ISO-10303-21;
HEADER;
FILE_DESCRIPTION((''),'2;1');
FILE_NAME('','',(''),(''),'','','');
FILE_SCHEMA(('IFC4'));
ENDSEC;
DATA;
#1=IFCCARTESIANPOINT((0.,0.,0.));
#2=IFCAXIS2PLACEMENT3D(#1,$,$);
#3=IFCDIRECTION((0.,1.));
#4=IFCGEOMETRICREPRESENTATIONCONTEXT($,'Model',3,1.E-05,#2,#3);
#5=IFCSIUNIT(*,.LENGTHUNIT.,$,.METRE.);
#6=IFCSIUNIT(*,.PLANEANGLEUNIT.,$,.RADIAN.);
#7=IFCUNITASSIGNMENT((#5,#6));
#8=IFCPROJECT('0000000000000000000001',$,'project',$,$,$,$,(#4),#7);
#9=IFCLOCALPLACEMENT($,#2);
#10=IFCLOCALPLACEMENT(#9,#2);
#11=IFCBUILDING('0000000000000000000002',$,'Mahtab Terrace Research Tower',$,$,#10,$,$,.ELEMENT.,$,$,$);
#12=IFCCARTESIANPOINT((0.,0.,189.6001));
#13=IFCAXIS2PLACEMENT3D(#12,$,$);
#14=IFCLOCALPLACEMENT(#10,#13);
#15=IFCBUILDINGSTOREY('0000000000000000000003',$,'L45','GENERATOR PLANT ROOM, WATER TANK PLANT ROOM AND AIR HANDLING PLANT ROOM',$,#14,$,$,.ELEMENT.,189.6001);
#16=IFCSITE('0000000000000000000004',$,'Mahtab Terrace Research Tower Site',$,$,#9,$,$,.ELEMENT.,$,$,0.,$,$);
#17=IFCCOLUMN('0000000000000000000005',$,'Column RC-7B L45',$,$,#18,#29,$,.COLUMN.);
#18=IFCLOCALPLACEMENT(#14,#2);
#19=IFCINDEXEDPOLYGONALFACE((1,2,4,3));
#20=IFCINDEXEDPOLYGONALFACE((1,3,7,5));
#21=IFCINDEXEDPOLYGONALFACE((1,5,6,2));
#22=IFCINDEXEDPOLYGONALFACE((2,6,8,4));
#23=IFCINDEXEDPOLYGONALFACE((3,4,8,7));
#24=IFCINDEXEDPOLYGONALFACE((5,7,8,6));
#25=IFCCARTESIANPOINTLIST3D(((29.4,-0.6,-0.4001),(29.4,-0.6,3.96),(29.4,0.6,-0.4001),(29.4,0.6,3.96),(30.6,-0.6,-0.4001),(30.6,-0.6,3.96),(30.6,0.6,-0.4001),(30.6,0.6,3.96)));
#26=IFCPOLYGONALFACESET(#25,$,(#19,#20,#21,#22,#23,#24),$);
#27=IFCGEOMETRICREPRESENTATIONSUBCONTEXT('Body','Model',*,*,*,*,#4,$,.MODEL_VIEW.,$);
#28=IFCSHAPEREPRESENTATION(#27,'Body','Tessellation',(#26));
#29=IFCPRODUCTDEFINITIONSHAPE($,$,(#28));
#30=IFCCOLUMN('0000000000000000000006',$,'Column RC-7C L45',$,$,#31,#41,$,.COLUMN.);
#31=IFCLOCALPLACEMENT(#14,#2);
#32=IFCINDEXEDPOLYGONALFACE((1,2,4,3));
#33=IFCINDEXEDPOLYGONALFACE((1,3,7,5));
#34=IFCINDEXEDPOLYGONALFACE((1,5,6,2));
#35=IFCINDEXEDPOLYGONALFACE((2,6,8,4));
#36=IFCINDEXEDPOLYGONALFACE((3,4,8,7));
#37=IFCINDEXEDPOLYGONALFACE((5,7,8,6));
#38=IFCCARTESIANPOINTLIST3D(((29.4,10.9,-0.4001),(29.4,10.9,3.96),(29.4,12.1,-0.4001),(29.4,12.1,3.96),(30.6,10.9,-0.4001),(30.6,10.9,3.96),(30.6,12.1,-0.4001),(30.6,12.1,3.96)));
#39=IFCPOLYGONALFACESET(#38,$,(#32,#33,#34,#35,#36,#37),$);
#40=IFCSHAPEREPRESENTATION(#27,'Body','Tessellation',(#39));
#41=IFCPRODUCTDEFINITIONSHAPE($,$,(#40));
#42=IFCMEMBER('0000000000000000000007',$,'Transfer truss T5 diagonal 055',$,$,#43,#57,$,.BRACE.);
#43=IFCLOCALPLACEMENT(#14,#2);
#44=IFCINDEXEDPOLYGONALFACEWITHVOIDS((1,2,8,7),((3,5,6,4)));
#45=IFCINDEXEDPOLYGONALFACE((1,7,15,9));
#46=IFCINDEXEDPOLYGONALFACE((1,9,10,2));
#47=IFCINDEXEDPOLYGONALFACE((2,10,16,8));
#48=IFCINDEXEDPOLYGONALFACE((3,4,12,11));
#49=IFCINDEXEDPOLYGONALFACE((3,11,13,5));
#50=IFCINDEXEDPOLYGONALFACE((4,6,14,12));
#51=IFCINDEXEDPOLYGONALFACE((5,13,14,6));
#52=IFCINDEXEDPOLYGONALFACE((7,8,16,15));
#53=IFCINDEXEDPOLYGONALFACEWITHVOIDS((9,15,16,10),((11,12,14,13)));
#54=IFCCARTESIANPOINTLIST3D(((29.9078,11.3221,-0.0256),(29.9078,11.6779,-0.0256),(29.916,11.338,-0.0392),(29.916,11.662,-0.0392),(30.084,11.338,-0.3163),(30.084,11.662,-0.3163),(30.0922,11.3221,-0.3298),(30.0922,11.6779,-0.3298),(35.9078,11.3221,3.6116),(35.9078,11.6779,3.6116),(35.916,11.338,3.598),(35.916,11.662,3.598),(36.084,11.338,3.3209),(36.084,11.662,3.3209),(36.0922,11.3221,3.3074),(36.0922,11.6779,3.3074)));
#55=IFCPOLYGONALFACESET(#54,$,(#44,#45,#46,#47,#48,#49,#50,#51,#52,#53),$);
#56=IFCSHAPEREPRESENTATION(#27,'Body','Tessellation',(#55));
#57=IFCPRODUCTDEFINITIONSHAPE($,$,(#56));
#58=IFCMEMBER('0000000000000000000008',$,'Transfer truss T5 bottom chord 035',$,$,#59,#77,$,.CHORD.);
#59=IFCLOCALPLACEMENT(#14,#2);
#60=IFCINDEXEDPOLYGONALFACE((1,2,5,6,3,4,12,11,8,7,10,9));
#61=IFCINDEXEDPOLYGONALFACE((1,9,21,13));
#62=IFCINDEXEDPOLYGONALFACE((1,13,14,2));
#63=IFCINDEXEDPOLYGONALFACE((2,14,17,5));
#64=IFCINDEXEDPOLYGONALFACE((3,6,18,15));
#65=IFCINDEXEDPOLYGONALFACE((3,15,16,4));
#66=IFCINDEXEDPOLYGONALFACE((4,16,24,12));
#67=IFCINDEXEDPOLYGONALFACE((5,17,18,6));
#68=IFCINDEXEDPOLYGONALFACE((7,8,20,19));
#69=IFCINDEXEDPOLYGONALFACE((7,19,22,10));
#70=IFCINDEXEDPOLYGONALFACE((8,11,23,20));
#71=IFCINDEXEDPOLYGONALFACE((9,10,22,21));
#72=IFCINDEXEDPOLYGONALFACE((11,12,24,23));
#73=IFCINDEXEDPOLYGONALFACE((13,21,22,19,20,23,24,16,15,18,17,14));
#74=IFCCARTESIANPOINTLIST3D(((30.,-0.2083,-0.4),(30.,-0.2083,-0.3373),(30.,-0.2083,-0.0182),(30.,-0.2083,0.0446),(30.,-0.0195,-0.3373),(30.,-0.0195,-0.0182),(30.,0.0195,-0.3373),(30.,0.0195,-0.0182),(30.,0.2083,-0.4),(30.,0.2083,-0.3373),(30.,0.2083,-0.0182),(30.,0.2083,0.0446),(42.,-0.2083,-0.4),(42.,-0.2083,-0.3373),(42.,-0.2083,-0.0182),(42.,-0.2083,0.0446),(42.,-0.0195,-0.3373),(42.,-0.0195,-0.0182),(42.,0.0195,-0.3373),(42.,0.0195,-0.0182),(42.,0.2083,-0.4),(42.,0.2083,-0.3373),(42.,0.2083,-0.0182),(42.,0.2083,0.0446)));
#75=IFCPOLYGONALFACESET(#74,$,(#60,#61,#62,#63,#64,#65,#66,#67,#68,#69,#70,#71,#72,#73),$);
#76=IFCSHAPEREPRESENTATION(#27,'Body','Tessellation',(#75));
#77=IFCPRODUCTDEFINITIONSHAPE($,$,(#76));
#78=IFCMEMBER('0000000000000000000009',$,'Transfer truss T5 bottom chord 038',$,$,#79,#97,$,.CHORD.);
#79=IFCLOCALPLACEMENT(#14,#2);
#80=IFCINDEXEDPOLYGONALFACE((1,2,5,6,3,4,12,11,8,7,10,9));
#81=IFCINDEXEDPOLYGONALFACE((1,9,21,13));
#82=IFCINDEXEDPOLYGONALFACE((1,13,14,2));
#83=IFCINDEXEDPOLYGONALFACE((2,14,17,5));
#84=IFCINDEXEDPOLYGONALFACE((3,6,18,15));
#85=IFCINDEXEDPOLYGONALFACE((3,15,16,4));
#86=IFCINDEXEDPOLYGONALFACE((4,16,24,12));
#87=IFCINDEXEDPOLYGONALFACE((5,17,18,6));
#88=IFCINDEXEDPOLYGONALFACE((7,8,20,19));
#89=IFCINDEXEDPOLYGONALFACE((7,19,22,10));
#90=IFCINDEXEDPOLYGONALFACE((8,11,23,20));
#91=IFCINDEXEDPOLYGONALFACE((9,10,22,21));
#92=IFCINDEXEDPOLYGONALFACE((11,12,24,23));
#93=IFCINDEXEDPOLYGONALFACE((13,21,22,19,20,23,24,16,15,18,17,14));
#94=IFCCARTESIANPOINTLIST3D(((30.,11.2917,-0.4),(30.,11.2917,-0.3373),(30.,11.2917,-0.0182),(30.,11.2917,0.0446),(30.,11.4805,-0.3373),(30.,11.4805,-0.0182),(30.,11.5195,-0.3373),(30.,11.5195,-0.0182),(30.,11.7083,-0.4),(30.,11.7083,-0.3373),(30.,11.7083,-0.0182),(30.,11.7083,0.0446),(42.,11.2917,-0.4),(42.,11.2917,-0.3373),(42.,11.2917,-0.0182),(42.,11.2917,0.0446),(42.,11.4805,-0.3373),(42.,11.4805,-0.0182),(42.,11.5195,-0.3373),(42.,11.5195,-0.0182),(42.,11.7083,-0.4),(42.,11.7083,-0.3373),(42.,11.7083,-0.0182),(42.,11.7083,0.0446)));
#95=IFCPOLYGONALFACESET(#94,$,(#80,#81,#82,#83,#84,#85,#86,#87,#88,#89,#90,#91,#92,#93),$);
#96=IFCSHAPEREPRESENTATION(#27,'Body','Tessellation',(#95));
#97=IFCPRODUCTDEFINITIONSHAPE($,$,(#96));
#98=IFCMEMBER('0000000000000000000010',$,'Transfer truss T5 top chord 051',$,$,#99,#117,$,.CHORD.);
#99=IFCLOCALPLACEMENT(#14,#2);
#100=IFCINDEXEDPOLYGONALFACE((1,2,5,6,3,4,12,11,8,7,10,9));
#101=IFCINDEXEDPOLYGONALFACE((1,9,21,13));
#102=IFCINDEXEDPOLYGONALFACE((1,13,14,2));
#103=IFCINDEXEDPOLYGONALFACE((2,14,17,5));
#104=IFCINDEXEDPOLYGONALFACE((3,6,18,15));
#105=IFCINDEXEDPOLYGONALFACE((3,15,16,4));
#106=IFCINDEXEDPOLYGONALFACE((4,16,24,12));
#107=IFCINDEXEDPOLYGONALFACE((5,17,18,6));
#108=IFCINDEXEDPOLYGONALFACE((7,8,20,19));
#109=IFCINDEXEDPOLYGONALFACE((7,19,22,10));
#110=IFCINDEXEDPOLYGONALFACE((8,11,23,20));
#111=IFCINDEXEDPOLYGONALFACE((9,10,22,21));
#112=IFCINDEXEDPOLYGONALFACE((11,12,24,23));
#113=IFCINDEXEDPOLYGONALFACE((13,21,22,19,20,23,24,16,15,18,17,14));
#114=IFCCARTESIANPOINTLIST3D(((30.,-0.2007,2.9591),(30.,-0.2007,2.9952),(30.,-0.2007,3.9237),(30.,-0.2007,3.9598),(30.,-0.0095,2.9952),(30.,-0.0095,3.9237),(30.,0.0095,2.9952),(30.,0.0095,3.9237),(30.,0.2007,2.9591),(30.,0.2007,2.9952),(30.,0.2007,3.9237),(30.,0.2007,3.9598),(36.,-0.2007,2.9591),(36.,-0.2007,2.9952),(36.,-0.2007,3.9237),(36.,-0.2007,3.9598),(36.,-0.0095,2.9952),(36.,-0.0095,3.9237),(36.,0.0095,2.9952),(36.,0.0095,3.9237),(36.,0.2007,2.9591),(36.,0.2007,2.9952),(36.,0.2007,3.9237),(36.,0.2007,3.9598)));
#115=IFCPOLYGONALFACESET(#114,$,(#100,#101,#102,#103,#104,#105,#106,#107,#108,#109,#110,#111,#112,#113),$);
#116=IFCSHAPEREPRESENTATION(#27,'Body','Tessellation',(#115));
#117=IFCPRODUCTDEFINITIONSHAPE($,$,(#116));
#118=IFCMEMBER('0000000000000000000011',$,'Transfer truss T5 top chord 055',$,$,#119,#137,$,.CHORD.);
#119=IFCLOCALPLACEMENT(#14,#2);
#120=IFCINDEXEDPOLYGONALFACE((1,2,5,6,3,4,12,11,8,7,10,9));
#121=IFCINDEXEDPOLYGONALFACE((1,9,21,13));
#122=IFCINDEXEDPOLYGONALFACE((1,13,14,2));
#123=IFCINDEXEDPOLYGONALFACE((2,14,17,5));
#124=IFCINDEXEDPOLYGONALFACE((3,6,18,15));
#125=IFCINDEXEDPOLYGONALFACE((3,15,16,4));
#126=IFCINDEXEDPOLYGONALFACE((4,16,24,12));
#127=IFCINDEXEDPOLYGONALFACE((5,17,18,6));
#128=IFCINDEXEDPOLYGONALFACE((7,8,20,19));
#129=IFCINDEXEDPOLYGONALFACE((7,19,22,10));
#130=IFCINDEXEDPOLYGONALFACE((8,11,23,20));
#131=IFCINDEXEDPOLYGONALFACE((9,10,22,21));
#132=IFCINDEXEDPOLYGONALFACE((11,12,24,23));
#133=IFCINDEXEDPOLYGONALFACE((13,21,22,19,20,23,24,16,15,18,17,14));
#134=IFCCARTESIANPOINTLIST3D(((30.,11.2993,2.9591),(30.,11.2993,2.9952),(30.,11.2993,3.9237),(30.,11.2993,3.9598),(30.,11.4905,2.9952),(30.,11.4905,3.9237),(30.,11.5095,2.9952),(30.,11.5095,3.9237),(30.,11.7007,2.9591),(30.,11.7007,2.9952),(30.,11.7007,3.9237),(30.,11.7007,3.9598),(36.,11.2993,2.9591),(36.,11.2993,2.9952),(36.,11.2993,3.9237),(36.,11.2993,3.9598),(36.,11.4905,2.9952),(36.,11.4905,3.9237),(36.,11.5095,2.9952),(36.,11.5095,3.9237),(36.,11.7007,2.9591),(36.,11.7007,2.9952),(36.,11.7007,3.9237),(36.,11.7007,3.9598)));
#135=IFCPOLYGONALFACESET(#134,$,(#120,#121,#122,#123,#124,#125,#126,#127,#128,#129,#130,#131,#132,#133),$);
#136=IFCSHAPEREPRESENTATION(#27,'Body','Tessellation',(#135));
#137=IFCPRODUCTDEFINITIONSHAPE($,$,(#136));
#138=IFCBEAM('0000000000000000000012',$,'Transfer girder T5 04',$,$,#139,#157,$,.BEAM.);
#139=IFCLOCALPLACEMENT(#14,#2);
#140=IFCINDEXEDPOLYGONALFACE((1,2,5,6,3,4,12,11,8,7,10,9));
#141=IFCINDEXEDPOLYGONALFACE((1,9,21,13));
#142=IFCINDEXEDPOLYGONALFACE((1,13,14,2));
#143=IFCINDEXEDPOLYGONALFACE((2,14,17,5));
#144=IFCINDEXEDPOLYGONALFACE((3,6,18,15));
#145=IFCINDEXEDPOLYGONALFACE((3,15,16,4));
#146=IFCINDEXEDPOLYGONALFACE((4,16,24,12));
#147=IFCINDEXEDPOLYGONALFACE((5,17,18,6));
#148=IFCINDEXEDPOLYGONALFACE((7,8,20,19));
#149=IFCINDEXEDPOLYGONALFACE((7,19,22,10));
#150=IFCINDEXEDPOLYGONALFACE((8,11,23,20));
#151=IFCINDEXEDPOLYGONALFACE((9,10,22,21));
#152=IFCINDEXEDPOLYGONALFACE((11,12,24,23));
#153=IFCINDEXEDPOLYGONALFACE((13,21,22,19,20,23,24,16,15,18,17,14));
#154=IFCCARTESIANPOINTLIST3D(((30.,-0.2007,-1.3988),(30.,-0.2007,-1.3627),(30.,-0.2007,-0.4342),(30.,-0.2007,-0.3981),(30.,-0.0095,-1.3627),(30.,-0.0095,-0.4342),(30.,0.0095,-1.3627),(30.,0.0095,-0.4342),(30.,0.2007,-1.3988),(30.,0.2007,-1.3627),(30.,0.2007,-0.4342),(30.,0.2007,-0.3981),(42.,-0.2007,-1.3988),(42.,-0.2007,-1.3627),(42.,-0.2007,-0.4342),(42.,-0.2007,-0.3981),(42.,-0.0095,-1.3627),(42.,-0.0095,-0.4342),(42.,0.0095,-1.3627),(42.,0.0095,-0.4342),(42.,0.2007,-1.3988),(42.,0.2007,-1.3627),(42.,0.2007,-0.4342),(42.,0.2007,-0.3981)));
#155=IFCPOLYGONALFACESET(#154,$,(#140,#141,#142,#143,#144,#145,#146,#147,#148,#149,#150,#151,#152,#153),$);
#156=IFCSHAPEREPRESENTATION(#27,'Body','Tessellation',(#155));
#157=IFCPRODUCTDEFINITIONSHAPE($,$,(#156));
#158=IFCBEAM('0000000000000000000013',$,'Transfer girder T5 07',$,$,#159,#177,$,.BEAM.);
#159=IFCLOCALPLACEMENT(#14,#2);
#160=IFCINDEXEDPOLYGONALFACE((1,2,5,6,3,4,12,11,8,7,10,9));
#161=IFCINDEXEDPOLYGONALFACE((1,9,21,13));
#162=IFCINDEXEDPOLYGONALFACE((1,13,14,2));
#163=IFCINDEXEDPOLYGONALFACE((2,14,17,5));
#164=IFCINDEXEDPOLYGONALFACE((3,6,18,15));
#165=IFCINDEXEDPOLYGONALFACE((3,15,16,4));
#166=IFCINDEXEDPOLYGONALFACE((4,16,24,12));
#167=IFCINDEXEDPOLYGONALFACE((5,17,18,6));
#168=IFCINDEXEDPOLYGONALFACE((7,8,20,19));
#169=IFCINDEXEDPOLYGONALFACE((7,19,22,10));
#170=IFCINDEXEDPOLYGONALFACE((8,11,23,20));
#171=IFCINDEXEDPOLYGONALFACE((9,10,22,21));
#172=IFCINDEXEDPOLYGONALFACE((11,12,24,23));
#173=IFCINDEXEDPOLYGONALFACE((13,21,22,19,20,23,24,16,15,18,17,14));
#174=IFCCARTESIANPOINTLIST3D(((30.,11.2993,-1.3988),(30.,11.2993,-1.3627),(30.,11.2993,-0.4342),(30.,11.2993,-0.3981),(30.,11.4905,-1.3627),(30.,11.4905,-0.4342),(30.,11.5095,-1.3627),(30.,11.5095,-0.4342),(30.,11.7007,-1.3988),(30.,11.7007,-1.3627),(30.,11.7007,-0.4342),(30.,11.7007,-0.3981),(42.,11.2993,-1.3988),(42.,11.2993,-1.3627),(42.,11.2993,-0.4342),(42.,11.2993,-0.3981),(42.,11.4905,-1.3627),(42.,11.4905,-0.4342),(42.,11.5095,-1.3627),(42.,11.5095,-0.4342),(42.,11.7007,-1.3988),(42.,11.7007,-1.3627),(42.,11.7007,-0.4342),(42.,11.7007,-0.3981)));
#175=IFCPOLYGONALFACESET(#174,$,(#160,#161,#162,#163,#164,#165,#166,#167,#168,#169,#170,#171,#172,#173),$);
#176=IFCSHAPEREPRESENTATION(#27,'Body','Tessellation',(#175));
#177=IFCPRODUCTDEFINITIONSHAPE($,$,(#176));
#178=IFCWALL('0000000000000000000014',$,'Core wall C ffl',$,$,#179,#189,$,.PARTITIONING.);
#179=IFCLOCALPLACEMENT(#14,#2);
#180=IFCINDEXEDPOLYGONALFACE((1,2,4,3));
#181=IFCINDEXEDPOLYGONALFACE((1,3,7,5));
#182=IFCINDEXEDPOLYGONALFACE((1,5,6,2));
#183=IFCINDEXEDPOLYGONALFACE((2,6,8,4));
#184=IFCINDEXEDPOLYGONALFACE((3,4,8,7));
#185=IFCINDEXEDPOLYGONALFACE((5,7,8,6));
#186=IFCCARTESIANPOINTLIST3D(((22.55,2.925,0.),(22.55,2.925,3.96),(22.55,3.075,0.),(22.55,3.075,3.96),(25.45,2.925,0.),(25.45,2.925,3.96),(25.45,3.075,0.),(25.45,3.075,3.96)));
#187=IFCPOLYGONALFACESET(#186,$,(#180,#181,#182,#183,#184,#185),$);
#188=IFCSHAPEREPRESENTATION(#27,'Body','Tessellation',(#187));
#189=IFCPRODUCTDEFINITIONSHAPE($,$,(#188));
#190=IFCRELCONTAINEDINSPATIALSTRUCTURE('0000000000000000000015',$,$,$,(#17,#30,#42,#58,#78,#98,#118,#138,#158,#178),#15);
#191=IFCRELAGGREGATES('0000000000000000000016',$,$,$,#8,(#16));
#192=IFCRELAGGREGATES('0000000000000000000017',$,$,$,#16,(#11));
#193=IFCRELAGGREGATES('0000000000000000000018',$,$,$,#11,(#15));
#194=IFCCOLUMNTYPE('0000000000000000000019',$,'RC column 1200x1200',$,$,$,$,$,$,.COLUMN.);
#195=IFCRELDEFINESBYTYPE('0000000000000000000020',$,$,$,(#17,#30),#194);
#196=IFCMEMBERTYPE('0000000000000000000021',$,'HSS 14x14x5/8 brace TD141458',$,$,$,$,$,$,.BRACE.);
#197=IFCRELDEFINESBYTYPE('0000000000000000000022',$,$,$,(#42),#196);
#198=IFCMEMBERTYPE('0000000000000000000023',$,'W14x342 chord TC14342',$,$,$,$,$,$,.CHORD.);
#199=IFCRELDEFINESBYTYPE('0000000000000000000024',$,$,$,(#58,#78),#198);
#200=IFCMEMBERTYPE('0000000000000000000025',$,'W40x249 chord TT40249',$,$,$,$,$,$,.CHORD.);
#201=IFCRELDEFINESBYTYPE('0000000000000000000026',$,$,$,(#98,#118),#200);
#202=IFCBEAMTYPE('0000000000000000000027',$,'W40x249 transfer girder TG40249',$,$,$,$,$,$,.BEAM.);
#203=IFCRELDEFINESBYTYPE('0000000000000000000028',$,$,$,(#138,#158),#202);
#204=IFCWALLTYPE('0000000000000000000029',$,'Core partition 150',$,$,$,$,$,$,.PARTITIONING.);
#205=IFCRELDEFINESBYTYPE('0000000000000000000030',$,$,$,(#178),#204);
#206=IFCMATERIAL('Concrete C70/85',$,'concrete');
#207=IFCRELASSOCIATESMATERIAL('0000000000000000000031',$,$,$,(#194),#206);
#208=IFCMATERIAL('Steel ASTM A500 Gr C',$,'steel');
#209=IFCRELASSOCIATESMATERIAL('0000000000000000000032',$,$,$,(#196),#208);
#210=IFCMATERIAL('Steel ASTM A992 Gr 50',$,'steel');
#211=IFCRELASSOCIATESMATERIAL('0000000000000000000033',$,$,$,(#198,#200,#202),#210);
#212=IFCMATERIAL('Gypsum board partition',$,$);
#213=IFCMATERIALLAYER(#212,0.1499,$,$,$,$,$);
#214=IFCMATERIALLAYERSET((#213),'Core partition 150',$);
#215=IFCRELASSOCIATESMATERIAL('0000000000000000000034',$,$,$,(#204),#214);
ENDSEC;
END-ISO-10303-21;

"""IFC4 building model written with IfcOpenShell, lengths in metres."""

from ifc_helpers import new_model, si_unit, direction, frame, frame_2d, origin, origin_2d, place, context, subcontext, project, spatial, rectangle, hollow_rectangle, i_section, extrude, material, layer, layer_set, material_profile, profile_set, type_object, element, save


model = new_model("IFC4")

# Units and contexts
model_context = context("Model", 3, precision=1e-05, world=origin(), true_north=direction((0.0, 1.0)))
body_context = subcontext(model_context, "Body", "Model", "MODEL_VIEW")
ifc_project = project(units=[si_unit("LENGTHUNIT", "METRE"), si_unit("PLANEANGLEUNIT", "RADIAN")], contexts=[model_context])

# Site, building, storey
site_placement = place(None, origin())
site = spatial("IfcSite", under=ifc_project, at=site_placement, Name="Mahtab Terrace Research Tower Site", CompositionType="ELEMENT", RefElevation=0.0)
building_placement = place(site_placement, origin())
building = spatial("IfcBuilding", under=site, at=building_placement, Name="Mahtab Terrace Research Tower", CompositionType="ELEMENT")
storey_placement = place(building_placement, frame((0.0, 0.0, 189.6001)))
storey = spatial("IfcBuildingStorey", under=building, at=storey_placement, Name="L45", Description="GENERATOR PLANT ROOM, WATER TANK PLANT ROOM AND AIR HANDLING PLANT ROOM", CompositionType="ELEMENT", Elevation=189.6001)

# Columns
ifc_material_1 = material(Name="Concrete C70/85", Category="concrete")
ifc_material_profile_1 = material_profile(ifc_material_1, rectangle(XDim=1.2, YDim=1.2, at=origin_2d()), Name="RC column 1200x1200")
ifc_profile_set_1 = profile_set([ifc_material_profile_1], Name="Concrete C70/85")
column_type = type_object("IfcColumnType", Name="RC column 1200x1200", PredefinedType="COLUMN", material=ifc_profile_set_1)
for number, where, z_axis, x_axis, name in (
    (1, (30.0, 0.0, -0.4001), (0.0, 0.0, 1.0), (1.0, 0.0, 0.0), "Column RC-7B L45"),
    (2, (30.0, 11.5, -0.4001), (0.0, 0.0, 1.0), (1.0, 0.0, 0.0), "Column RC-7C L45"),
):
    element("IfcColumn", number, at=place(storey_placement, frame(where, z_axis=z_axis, x_axis=x_axis)), inside=storey, type_object=column_type, Name=name, PredefinedType="COLUMN", context=body_context, shape_type="SweptSolid", body=[
        extrude(rectangle(XDim=1.2, YDim=1.2, at=origin_2d()), origin(), (0.0, 0.0, 1.0), 4.3601),
    ])

# Members
ifc_material_2 = material(Name="Steel ASTM A500 Gr C", Category="steel")
ifc_material_profile_2 = material_profile(ifc_material_2, hollow_rectangle(XDim=0.3557, YDim=0.3557, WallThickness=0.0159, at=origin_2d()), Name="HSS14X14X5/8")
ifc_profile_set_2 = profile_set([ifc_material_profile_2], Name="Steel ASTM A500 Gr C")
member_type_1 = type_object("IfcMemberType", Name="HSS 14x14x5/8 brace TD141458", PredefinedType="BRACE", material=ifc_profile_set_2)
member_placement = place(storey_placement, frame((30.0, 11.5, -0.1777), z_axis=(0.855145, 0.0, 0.51839), x_axis=(0.0, 1.0, 0.0)))
element("IfcMember", 3, at=member_placement, inside=storey, type_object=member_type_1, Name="Transfer truss T5 diagonal 055", PredefinedType="BRACE", context=body_context, shape_type="SweptSolid", body=[
    extrude(hollow_rectangle(XDim=0.3557, YDim=0.3557, WallThickness=0.0159, at=origin_2d()), origin(), (0.0, 0.0, 1.0), 7.0164),
])
ifc_material_3 = material(Name="Steel ASTM A992 Gr 50", Category="steel")
ifc_material_profile_3 = material_profile(ifc_material_3, i_section(OverallWidth=0.4165, OverallDepth=0.4446, WebThickness=0.0391, FlangeThickness=0.0627, at=origin_2d()), Name="W14X342")
ifc_profile_set_3 = profile_set([ifc_material_profile_3], Name="Steel ASTM A992 Gr 50")
member_type_2 = type_object("IfcMemberType", Name="W14x342 chord TC14342", PredefinedType="CHORD", material=ifc_profile_set_3)
for number, where, z_axis, x_axis, name in (
    (4, (30.0, 0.0, -0.1777), (1.0, 0.0, 0.0), (0.0, 1.0, 0.0), "Transfer truss T5 bottom chord 035"),
    (5, (30.0, 11.5, -0.1777), (1.0, 0.0, 0.0), (0.0, 1.0, 0.0), "Transfer truss T5 bottom chord 038"),
):
    element("IfcMember", number, at=place(storey_placement, frame(where, z_axis=z_axis, x_axis=x_axis)), inside=storey, type_object=member_type_2, Name=name, PredefinedType="CHORD", context=body_context, shape_type="SweptSolid", body=[
        extrude(i_section(OverallWidth=0.4165, OverallDepth=0.4446, WebThickness=0.0391, FlangeThickness=0.0627, at=origin_2d()), origin(), (0.0, 0.0, 1.0), 12.0),
    ])
ifc_material_profile_4 = material_profile(ifc_material_3, i_section(OverallWidth=0.4014, OverallDepth=1.0007, WebThickness=0.019, FlangeThickness=0.0361, at=origin_2d()), Name="W40X249")
ifc_profile_set_4 = profile_set([ifc_material_profile_4], Name="Steel ASTM A992 Gr 50")
member_type_3 = type_object("IfcMemberType", Name="W40x249 chord TT40249", PredefinedType="CHORD", material=ifc_profile_set_4)
for number, where, z_axis, x_axis, name in (
    (6, (30.0, 0.0, 3.4595), (1.0, 0.0, 0.0), (0.0, 1.0, 0.0), "Transfer truss T5 top chord 051"),
    (7, (30.0, 11.5, 3.4595), (1.0, 0.0, 0.0), (0.0, 1.0, 0.0), "Transfer truss T5 top chord 055"),
):
    element("IfcMember", number, at=place(storey_placement, frame(where, z_axis=z_axis, x_axis=x_axis)), inside=storey, type_object=member_type_3, Name=name, PredefinedType="CHORD", context=body_context, shape_type="SweptSolid", body=[
        extrude(i_section(OverallWidth=0.4014, OverallDepth=1.0007, WebThickness=0.019, FlangeThickness=0.0361, at=origin_2d()), origin(), (0.0, 0.0, 1.0), 6.0),
    ])

# Beams
ifc_material_profile_5 = material_profile(ifc_material_3, i_section(OverallWidth=0.4014, OverallDepth=1.0007, WebThickness=0.019, FlangeThickness=0.0361, at=origin_2d()), Name="W40X249")
ifc_profile_set_5 = profile_set([ifc_material_profile_5], Name="Steel ASTM A992 Gr 50")
beam_type = type_object("IfcBeamType", Name="W40x249 transfer girder TG40249", PredefinedType="BEAM", material=ifc_profile_set_5)
for number, where, z_axis, x_axis, name in (
    (8, (30.0, 0.0, -0.8984), (1.0, 0.0, 0.0), (0.0, 1.0, 0.0), "Transfer girder T5 04"),
    (9, (30.0, 11.5, -0.8984), (1.0, 0.0, 0.0), (0.0, 1.0, 0.0), "Transfer girder T5 07"),
):
    element("IfcBeam", number, at=place(storey_placement, frame(where, z_axis=z_axis, x_axis=x_axis)), inside=storey, type_object=beam_type, Name=name, PredefinedType="BEAM", context=body_context, shape_type="SweptSolid", body=[
        extrude(i_section(OverallWidth=0.4014, OverallDepth=1.0007, WebThickness=0.019, FlangeThickness=0.0361, at=origin_2d()), origin(), (0.0, 0.0, 1.0), 12.0),
    ])

# Wall
ifc_material_4 = material(Name="Gypsum board partition")
ifc_layer_1 = layer(ifc_material_4, 0.1499)
ifc_layer_set_1 = layer_set([ifc_layer_1], Name="Core partition 150")
wall_type_1 = type_object("IfcWallType", Name="Core partition 150", PredefinedType="PARTITIONING", material=ifc_layer_set_1)
wall_placement = place(storey_placement, frame((22.55, 3.0, 0.0), z_axis=(0.0, 0.0, 1.0), x_axis=(1.0, 0.0, 0.0)))
element("IfcWall", 10, at=wall_placement, inside=storey, type_object=wall_type_1, Name="Core wall C ffl", PredefinedType="PARTITIONING", context=body_context, shape_type="SweptSolid", body=[
    extrude(rectangle(XDim=2.8999, YDim=0.1499, at=frame_2d((1.45, 0.0))), origin(), (0.0, 0.0, 1.0), 3.96),
])

save(model, "model.ifc")
